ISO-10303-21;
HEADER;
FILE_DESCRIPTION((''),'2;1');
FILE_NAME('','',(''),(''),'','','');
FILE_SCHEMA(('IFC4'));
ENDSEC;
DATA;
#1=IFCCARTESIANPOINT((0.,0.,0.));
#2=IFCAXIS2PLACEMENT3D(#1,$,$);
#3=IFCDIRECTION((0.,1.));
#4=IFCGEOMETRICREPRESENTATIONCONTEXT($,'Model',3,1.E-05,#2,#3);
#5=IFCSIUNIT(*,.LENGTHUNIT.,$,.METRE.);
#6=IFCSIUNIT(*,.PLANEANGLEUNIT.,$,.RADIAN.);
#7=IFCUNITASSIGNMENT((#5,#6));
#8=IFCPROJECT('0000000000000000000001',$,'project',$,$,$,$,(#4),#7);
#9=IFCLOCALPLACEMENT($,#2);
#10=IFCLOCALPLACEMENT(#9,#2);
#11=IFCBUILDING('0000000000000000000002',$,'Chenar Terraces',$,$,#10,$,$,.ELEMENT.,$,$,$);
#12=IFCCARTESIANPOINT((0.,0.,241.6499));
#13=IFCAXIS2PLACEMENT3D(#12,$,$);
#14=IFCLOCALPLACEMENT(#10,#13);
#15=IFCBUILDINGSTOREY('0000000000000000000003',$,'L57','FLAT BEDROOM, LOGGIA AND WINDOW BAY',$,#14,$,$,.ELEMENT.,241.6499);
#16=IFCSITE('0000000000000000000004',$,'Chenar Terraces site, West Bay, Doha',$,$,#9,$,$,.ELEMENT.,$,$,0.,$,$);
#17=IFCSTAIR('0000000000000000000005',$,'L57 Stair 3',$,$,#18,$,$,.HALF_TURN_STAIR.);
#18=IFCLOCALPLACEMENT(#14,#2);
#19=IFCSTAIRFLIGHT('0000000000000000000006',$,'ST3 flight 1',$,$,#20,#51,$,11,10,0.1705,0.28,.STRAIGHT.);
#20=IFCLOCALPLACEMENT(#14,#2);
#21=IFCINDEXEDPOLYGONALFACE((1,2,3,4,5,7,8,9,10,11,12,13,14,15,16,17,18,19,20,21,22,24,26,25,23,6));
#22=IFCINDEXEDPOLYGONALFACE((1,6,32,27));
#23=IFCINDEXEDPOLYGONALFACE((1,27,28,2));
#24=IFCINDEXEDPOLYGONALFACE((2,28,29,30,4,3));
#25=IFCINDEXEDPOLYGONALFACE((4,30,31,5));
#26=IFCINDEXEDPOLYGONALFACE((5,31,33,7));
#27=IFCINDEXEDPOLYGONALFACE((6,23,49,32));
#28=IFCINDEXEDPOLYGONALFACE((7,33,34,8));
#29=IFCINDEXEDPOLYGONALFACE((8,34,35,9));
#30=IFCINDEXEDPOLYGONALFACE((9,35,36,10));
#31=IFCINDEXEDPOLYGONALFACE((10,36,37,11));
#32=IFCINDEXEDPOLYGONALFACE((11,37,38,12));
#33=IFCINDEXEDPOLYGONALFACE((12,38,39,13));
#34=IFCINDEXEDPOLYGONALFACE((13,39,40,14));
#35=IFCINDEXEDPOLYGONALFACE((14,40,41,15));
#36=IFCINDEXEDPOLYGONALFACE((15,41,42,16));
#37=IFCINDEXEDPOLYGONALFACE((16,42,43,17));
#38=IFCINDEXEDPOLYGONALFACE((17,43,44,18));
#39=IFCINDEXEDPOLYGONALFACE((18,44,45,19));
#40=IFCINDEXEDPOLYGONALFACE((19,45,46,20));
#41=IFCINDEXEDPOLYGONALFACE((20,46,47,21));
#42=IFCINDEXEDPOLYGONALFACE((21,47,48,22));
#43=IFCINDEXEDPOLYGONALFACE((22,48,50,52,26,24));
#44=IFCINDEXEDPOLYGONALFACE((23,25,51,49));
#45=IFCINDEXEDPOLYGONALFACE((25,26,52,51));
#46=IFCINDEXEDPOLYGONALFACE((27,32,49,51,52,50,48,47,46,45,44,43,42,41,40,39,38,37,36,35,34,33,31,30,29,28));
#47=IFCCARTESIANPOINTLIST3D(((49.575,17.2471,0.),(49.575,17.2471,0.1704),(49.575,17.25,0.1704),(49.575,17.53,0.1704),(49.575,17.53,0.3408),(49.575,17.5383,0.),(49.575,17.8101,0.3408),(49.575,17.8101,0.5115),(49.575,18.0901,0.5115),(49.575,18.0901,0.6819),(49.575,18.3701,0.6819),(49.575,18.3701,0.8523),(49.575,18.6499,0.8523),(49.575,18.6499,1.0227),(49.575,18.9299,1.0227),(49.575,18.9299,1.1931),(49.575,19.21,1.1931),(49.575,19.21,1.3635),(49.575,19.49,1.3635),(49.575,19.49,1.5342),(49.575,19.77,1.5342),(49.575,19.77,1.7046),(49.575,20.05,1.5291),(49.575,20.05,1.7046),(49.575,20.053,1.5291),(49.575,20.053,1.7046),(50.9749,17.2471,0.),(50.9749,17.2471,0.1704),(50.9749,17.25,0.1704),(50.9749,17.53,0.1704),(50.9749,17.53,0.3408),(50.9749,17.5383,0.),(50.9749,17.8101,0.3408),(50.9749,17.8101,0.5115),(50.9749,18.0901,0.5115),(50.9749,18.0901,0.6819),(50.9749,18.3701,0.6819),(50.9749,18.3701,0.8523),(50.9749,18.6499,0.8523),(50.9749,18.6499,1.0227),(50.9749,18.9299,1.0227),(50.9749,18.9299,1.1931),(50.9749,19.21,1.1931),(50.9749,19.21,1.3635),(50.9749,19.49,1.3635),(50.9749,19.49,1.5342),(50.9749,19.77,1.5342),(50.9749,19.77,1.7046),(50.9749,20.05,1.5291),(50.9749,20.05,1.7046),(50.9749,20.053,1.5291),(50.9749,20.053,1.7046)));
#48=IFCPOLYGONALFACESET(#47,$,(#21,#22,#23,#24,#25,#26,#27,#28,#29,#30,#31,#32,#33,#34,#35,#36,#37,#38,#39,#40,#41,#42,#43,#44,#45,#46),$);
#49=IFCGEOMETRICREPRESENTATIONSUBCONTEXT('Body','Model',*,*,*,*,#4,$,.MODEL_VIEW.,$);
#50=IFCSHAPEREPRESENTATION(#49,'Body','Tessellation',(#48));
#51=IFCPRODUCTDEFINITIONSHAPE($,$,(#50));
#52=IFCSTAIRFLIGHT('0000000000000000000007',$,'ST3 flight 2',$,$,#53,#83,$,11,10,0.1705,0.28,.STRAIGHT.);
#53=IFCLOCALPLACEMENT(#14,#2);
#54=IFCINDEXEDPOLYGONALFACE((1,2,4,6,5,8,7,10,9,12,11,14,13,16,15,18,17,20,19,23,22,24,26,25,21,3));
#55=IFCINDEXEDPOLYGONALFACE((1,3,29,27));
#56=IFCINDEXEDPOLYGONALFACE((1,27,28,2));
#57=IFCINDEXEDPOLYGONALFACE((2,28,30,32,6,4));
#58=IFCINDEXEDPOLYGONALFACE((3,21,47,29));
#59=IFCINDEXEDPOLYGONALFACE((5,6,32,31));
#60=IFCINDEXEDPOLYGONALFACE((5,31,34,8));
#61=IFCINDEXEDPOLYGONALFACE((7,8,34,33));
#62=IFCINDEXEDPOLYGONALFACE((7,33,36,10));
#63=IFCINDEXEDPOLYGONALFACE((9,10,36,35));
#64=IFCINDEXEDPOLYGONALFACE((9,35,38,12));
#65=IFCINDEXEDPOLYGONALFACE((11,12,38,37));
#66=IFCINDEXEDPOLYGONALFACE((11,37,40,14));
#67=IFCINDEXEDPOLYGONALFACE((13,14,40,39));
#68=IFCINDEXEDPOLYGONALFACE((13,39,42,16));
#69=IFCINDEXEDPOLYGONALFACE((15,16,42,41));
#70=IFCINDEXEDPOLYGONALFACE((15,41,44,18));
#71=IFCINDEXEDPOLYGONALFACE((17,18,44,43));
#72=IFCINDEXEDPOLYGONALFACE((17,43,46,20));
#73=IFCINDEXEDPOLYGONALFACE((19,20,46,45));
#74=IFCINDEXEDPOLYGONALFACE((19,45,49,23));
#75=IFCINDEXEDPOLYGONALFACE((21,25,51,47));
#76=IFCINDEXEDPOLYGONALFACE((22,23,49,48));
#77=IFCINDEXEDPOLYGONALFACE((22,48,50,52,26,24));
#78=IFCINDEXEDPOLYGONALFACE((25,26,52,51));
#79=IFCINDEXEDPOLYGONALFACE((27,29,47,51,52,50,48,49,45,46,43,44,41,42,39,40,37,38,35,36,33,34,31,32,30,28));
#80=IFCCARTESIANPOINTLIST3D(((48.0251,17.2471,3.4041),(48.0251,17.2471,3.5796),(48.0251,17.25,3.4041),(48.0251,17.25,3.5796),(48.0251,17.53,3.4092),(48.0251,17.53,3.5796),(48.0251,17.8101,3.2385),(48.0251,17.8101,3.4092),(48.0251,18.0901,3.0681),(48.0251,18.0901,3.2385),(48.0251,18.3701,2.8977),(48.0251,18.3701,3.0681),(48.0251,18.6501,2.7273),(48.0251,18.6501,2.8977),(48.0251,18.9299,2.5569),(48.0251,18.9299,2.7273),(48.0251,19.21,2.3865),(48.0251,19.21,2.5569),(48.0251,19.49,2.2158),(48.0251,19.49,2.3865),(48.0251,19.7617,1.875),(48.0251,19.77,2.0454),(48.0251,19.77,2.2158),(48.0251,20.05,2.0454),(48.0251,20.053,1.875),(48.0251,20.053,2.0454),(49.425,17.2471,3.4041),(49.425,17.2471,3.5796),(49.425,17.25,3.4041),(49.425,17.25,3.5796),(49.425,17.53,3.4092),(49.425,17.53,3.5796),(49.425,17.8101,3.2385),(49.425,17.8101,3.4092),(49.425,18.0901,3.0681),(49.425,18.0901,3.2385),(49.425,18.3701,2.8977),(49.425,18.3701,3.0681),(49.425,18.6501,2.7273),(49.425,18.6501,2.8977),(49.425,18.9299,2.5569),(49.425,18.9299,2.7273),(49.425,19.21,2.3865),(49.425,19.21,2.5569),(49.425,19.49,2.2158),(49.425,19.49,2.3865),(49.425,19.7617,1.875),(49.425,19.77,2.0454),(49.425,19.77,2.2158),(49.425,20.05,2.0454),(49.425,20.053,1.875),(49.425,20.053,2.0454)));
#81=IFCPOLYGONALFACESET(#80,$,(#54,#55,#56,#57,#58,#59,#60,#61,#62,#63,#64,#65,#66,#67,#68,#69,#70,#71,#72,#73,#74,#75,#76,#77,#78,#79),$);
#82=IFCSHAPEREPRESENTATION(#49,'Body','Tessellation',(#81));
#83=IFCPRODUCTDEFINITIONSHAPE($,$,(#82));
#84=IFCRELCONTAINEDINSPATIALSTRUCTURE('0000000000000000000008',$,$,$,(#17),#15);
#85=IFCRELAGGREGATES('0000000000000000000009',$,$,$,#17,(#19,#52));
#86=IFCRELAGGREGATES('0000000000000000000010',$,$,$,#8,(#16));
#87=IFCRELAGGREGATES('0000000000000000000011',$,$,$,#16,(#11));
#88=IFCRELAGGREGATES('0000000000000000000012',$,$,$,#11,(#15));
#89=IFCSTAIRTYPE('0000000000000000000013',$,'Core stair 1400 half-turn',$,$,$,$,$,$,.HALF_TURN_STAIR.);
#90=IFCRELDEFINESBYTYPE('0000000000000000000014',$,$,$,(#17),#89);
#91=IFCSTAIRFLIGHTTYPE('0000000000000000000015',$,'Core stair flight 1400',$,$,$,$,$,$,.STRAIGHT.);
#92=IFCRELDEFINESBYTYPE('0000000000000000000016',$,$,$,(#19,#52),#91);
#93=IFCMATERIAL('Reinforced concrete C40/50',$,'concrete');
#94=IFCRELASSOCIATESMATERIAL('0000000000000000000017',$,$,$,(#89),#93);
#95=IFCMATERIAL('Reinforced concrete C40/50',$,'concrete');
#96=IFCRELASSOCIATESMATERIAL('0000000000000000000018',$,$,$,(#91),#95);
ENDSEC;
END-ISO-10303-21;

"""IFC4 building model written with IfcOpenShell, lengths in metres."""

from ifc_helpers import new_model, si_unit, direction, frame, origin, place, context, subcontext, project, spatial, polyline, outline, extrude, material, type_object, element, aggregate, save


model = new_model("IFC4")

# Units and contexts
model_context = context("Model", 3, precision=1e-05, world=origin(), true_north=direction((0.0, 1.0)))
body_context = subcontext(model_context, "Body", "Model", "MODEL_VIEW")
ifc_project = project(units=[si_unit("LENGTHUNIT", "METRE"), si_unit("PLANEANGLEUNIT", "RADIAN")], contexts=[model_context])

# Site, building, storey
site_placement = place(None, origin())
site = spatial("IfcSite", under=ifc_project, at=site_placement, Name="Chenar Terraces site, West Bay, Doha", CompositionType="ELEMENT", RefElevation=0.0)
building_placement = place(site_placement, origin())
building = spatial("IfcBuilding", under=site, at=building_placement, Name="Chenar Terraces", CompositionType="ELEMENT")
storey_placement = place(building_placement, frame((0.0, 0.0, 241.6499)))
storey = spatial("IfcBuildingStorey", under=building, at=storey_placement, Name="L57", Description="FLAT BEDROOM, LOGGIA AND WINDOW BAY", CompositionType="ELEMENT", Elevation=241.6499)

# Stair, stair flights
ifc_material_1 = material(Name="Reinforced concrete C40/50", Category="concrete")
stair_type = type_object("IfcStairType", Name="Core stair 1400 half-turn", PredefinedType="HALF_TURN_STAIR", material=ifc_material_1)
stair_placement = place(storey_placement, origin())
stair = element("IfcStair", 1, at=stair_placement, inside=storey, type_object=stair_type, Name="L57 Stair 3", PredefinedType="HALF_TURN_STAIR")
ifc_material_2 = material(Name="Reinforced concrete C40/50", Category="concrete")
stair_flight_type = type_object("IfcStairFlightType", Name="Core stair flight 1400", PredefinedType="STRAIGHT", material=ifc_material_2)
stair_flight_1_placement = place(storey_placement, frame((50.2749, 17.25, 0.0), z_axis=(0.0, 0.0, 1.0), x_axis=(0.0, 1.0, 0.0)))
stair_flight_1 = element("IfcStairFlight", 2, at=stair_flight_1_placement, type_object=stair_flight_type, Name="ST3 flight 1", NumberOfRisers=11, NumberOfTreads=10, PredefinedType="STRAIGHT", RiserHeight=0.1705, TreadLength=0.28, context=body_context, shape_type="SweptSolid", body=[
    extrude(outline(polyline([(-0.0029, 0.0), (-0.0029, 0.1704), (0.0, 0.1704), (0.28, 0.1704), (0.28, 0.3408), (0.5601, 0.3408), (0.5601, 0.5115), (0.8401, 0.5115), (0.8401, 0.6819), (1.1201, 0.6819), (1.1201, 0.8523), (1.3999, 0.8523), (1.3999, 1.0227), (1.6799, 1.0227), (1.6799, 1.1931), (1.96, 1.1931), (1.96, 1.3635), (2.24, 1.3635), (2.24, 1.5342), (2.52, 1.5342), (2.52, 1.7046), (2.8, 1.7046), (2.803, 1.7046), (2.803, 1.5291), (2.8, 1.5291), (0.2883, 0.0), (-0.0029, 0.0)])), frame((0.0, 0.7, 0.0), z_axis=(0.0, -1.0, 0.0), x_axis=(1.0, 0.0, 0.0)), (0.0, 0.0, 1.0), 1.3999),
])
stair_flight_2_placement = place(storey_placement, frame((48.7251, 20.05, 1.875), z_axis=(0.0, 0.0, 1.0), x_axis=(0.0, -1.0, 0.0)))
stair_flight_2 = element("IfcStairFlight", 3, at=stair_flight_2_placement, type_object=stair_flight_type, Name="ST3 flight 2", NumberOfRisers=11, NumberOfTreads=10, PredefinedType="STRAIGHT", RiserHeight=0.1705, TreadLength=0.28, context=body_context, shape_type="SweptSolid", body=[
    extrude(outline(polyline([(-0.0029, 0.0), (-0.0029, 0.1704), (0.0, 0.1704), (0.28, 0.1704), (0.28, 0.3408), (0.5601, 0.3408), (0.5601, 0.5115), (0.8401, 0.5115), (0.8401, 0.6819), (1.1201, 0.6819), (1.1201, 0.8523), (1.3999, 0.8523), (1.3999, 1.0227), (1.6799, 1.0227), (1.6799, 1.1931), (1.96, 1.1931), (1.96, 1.3635), (2.24, 1.3635), (2.24, 1.5342), (2.52, 1.5342), (2.52, 1.7046), (2.8, 1.7046), (2.803, 1.7046), (2.803, 1.5291), (2.8, 1.5291), (0.2883, 0.0), (-0.0029, 0.0)])), frame((0.0, 0.7, 0.0), z_axis=(0.0, -1.0, 0.0), x_axis=(1.0, 0.0, 0.0)), (0.0, 0.0, 1.0), 1.3999),
])
aggregate(stair, [stair_flight_1, stair_flight_2])

save(model, "model.ifc")
